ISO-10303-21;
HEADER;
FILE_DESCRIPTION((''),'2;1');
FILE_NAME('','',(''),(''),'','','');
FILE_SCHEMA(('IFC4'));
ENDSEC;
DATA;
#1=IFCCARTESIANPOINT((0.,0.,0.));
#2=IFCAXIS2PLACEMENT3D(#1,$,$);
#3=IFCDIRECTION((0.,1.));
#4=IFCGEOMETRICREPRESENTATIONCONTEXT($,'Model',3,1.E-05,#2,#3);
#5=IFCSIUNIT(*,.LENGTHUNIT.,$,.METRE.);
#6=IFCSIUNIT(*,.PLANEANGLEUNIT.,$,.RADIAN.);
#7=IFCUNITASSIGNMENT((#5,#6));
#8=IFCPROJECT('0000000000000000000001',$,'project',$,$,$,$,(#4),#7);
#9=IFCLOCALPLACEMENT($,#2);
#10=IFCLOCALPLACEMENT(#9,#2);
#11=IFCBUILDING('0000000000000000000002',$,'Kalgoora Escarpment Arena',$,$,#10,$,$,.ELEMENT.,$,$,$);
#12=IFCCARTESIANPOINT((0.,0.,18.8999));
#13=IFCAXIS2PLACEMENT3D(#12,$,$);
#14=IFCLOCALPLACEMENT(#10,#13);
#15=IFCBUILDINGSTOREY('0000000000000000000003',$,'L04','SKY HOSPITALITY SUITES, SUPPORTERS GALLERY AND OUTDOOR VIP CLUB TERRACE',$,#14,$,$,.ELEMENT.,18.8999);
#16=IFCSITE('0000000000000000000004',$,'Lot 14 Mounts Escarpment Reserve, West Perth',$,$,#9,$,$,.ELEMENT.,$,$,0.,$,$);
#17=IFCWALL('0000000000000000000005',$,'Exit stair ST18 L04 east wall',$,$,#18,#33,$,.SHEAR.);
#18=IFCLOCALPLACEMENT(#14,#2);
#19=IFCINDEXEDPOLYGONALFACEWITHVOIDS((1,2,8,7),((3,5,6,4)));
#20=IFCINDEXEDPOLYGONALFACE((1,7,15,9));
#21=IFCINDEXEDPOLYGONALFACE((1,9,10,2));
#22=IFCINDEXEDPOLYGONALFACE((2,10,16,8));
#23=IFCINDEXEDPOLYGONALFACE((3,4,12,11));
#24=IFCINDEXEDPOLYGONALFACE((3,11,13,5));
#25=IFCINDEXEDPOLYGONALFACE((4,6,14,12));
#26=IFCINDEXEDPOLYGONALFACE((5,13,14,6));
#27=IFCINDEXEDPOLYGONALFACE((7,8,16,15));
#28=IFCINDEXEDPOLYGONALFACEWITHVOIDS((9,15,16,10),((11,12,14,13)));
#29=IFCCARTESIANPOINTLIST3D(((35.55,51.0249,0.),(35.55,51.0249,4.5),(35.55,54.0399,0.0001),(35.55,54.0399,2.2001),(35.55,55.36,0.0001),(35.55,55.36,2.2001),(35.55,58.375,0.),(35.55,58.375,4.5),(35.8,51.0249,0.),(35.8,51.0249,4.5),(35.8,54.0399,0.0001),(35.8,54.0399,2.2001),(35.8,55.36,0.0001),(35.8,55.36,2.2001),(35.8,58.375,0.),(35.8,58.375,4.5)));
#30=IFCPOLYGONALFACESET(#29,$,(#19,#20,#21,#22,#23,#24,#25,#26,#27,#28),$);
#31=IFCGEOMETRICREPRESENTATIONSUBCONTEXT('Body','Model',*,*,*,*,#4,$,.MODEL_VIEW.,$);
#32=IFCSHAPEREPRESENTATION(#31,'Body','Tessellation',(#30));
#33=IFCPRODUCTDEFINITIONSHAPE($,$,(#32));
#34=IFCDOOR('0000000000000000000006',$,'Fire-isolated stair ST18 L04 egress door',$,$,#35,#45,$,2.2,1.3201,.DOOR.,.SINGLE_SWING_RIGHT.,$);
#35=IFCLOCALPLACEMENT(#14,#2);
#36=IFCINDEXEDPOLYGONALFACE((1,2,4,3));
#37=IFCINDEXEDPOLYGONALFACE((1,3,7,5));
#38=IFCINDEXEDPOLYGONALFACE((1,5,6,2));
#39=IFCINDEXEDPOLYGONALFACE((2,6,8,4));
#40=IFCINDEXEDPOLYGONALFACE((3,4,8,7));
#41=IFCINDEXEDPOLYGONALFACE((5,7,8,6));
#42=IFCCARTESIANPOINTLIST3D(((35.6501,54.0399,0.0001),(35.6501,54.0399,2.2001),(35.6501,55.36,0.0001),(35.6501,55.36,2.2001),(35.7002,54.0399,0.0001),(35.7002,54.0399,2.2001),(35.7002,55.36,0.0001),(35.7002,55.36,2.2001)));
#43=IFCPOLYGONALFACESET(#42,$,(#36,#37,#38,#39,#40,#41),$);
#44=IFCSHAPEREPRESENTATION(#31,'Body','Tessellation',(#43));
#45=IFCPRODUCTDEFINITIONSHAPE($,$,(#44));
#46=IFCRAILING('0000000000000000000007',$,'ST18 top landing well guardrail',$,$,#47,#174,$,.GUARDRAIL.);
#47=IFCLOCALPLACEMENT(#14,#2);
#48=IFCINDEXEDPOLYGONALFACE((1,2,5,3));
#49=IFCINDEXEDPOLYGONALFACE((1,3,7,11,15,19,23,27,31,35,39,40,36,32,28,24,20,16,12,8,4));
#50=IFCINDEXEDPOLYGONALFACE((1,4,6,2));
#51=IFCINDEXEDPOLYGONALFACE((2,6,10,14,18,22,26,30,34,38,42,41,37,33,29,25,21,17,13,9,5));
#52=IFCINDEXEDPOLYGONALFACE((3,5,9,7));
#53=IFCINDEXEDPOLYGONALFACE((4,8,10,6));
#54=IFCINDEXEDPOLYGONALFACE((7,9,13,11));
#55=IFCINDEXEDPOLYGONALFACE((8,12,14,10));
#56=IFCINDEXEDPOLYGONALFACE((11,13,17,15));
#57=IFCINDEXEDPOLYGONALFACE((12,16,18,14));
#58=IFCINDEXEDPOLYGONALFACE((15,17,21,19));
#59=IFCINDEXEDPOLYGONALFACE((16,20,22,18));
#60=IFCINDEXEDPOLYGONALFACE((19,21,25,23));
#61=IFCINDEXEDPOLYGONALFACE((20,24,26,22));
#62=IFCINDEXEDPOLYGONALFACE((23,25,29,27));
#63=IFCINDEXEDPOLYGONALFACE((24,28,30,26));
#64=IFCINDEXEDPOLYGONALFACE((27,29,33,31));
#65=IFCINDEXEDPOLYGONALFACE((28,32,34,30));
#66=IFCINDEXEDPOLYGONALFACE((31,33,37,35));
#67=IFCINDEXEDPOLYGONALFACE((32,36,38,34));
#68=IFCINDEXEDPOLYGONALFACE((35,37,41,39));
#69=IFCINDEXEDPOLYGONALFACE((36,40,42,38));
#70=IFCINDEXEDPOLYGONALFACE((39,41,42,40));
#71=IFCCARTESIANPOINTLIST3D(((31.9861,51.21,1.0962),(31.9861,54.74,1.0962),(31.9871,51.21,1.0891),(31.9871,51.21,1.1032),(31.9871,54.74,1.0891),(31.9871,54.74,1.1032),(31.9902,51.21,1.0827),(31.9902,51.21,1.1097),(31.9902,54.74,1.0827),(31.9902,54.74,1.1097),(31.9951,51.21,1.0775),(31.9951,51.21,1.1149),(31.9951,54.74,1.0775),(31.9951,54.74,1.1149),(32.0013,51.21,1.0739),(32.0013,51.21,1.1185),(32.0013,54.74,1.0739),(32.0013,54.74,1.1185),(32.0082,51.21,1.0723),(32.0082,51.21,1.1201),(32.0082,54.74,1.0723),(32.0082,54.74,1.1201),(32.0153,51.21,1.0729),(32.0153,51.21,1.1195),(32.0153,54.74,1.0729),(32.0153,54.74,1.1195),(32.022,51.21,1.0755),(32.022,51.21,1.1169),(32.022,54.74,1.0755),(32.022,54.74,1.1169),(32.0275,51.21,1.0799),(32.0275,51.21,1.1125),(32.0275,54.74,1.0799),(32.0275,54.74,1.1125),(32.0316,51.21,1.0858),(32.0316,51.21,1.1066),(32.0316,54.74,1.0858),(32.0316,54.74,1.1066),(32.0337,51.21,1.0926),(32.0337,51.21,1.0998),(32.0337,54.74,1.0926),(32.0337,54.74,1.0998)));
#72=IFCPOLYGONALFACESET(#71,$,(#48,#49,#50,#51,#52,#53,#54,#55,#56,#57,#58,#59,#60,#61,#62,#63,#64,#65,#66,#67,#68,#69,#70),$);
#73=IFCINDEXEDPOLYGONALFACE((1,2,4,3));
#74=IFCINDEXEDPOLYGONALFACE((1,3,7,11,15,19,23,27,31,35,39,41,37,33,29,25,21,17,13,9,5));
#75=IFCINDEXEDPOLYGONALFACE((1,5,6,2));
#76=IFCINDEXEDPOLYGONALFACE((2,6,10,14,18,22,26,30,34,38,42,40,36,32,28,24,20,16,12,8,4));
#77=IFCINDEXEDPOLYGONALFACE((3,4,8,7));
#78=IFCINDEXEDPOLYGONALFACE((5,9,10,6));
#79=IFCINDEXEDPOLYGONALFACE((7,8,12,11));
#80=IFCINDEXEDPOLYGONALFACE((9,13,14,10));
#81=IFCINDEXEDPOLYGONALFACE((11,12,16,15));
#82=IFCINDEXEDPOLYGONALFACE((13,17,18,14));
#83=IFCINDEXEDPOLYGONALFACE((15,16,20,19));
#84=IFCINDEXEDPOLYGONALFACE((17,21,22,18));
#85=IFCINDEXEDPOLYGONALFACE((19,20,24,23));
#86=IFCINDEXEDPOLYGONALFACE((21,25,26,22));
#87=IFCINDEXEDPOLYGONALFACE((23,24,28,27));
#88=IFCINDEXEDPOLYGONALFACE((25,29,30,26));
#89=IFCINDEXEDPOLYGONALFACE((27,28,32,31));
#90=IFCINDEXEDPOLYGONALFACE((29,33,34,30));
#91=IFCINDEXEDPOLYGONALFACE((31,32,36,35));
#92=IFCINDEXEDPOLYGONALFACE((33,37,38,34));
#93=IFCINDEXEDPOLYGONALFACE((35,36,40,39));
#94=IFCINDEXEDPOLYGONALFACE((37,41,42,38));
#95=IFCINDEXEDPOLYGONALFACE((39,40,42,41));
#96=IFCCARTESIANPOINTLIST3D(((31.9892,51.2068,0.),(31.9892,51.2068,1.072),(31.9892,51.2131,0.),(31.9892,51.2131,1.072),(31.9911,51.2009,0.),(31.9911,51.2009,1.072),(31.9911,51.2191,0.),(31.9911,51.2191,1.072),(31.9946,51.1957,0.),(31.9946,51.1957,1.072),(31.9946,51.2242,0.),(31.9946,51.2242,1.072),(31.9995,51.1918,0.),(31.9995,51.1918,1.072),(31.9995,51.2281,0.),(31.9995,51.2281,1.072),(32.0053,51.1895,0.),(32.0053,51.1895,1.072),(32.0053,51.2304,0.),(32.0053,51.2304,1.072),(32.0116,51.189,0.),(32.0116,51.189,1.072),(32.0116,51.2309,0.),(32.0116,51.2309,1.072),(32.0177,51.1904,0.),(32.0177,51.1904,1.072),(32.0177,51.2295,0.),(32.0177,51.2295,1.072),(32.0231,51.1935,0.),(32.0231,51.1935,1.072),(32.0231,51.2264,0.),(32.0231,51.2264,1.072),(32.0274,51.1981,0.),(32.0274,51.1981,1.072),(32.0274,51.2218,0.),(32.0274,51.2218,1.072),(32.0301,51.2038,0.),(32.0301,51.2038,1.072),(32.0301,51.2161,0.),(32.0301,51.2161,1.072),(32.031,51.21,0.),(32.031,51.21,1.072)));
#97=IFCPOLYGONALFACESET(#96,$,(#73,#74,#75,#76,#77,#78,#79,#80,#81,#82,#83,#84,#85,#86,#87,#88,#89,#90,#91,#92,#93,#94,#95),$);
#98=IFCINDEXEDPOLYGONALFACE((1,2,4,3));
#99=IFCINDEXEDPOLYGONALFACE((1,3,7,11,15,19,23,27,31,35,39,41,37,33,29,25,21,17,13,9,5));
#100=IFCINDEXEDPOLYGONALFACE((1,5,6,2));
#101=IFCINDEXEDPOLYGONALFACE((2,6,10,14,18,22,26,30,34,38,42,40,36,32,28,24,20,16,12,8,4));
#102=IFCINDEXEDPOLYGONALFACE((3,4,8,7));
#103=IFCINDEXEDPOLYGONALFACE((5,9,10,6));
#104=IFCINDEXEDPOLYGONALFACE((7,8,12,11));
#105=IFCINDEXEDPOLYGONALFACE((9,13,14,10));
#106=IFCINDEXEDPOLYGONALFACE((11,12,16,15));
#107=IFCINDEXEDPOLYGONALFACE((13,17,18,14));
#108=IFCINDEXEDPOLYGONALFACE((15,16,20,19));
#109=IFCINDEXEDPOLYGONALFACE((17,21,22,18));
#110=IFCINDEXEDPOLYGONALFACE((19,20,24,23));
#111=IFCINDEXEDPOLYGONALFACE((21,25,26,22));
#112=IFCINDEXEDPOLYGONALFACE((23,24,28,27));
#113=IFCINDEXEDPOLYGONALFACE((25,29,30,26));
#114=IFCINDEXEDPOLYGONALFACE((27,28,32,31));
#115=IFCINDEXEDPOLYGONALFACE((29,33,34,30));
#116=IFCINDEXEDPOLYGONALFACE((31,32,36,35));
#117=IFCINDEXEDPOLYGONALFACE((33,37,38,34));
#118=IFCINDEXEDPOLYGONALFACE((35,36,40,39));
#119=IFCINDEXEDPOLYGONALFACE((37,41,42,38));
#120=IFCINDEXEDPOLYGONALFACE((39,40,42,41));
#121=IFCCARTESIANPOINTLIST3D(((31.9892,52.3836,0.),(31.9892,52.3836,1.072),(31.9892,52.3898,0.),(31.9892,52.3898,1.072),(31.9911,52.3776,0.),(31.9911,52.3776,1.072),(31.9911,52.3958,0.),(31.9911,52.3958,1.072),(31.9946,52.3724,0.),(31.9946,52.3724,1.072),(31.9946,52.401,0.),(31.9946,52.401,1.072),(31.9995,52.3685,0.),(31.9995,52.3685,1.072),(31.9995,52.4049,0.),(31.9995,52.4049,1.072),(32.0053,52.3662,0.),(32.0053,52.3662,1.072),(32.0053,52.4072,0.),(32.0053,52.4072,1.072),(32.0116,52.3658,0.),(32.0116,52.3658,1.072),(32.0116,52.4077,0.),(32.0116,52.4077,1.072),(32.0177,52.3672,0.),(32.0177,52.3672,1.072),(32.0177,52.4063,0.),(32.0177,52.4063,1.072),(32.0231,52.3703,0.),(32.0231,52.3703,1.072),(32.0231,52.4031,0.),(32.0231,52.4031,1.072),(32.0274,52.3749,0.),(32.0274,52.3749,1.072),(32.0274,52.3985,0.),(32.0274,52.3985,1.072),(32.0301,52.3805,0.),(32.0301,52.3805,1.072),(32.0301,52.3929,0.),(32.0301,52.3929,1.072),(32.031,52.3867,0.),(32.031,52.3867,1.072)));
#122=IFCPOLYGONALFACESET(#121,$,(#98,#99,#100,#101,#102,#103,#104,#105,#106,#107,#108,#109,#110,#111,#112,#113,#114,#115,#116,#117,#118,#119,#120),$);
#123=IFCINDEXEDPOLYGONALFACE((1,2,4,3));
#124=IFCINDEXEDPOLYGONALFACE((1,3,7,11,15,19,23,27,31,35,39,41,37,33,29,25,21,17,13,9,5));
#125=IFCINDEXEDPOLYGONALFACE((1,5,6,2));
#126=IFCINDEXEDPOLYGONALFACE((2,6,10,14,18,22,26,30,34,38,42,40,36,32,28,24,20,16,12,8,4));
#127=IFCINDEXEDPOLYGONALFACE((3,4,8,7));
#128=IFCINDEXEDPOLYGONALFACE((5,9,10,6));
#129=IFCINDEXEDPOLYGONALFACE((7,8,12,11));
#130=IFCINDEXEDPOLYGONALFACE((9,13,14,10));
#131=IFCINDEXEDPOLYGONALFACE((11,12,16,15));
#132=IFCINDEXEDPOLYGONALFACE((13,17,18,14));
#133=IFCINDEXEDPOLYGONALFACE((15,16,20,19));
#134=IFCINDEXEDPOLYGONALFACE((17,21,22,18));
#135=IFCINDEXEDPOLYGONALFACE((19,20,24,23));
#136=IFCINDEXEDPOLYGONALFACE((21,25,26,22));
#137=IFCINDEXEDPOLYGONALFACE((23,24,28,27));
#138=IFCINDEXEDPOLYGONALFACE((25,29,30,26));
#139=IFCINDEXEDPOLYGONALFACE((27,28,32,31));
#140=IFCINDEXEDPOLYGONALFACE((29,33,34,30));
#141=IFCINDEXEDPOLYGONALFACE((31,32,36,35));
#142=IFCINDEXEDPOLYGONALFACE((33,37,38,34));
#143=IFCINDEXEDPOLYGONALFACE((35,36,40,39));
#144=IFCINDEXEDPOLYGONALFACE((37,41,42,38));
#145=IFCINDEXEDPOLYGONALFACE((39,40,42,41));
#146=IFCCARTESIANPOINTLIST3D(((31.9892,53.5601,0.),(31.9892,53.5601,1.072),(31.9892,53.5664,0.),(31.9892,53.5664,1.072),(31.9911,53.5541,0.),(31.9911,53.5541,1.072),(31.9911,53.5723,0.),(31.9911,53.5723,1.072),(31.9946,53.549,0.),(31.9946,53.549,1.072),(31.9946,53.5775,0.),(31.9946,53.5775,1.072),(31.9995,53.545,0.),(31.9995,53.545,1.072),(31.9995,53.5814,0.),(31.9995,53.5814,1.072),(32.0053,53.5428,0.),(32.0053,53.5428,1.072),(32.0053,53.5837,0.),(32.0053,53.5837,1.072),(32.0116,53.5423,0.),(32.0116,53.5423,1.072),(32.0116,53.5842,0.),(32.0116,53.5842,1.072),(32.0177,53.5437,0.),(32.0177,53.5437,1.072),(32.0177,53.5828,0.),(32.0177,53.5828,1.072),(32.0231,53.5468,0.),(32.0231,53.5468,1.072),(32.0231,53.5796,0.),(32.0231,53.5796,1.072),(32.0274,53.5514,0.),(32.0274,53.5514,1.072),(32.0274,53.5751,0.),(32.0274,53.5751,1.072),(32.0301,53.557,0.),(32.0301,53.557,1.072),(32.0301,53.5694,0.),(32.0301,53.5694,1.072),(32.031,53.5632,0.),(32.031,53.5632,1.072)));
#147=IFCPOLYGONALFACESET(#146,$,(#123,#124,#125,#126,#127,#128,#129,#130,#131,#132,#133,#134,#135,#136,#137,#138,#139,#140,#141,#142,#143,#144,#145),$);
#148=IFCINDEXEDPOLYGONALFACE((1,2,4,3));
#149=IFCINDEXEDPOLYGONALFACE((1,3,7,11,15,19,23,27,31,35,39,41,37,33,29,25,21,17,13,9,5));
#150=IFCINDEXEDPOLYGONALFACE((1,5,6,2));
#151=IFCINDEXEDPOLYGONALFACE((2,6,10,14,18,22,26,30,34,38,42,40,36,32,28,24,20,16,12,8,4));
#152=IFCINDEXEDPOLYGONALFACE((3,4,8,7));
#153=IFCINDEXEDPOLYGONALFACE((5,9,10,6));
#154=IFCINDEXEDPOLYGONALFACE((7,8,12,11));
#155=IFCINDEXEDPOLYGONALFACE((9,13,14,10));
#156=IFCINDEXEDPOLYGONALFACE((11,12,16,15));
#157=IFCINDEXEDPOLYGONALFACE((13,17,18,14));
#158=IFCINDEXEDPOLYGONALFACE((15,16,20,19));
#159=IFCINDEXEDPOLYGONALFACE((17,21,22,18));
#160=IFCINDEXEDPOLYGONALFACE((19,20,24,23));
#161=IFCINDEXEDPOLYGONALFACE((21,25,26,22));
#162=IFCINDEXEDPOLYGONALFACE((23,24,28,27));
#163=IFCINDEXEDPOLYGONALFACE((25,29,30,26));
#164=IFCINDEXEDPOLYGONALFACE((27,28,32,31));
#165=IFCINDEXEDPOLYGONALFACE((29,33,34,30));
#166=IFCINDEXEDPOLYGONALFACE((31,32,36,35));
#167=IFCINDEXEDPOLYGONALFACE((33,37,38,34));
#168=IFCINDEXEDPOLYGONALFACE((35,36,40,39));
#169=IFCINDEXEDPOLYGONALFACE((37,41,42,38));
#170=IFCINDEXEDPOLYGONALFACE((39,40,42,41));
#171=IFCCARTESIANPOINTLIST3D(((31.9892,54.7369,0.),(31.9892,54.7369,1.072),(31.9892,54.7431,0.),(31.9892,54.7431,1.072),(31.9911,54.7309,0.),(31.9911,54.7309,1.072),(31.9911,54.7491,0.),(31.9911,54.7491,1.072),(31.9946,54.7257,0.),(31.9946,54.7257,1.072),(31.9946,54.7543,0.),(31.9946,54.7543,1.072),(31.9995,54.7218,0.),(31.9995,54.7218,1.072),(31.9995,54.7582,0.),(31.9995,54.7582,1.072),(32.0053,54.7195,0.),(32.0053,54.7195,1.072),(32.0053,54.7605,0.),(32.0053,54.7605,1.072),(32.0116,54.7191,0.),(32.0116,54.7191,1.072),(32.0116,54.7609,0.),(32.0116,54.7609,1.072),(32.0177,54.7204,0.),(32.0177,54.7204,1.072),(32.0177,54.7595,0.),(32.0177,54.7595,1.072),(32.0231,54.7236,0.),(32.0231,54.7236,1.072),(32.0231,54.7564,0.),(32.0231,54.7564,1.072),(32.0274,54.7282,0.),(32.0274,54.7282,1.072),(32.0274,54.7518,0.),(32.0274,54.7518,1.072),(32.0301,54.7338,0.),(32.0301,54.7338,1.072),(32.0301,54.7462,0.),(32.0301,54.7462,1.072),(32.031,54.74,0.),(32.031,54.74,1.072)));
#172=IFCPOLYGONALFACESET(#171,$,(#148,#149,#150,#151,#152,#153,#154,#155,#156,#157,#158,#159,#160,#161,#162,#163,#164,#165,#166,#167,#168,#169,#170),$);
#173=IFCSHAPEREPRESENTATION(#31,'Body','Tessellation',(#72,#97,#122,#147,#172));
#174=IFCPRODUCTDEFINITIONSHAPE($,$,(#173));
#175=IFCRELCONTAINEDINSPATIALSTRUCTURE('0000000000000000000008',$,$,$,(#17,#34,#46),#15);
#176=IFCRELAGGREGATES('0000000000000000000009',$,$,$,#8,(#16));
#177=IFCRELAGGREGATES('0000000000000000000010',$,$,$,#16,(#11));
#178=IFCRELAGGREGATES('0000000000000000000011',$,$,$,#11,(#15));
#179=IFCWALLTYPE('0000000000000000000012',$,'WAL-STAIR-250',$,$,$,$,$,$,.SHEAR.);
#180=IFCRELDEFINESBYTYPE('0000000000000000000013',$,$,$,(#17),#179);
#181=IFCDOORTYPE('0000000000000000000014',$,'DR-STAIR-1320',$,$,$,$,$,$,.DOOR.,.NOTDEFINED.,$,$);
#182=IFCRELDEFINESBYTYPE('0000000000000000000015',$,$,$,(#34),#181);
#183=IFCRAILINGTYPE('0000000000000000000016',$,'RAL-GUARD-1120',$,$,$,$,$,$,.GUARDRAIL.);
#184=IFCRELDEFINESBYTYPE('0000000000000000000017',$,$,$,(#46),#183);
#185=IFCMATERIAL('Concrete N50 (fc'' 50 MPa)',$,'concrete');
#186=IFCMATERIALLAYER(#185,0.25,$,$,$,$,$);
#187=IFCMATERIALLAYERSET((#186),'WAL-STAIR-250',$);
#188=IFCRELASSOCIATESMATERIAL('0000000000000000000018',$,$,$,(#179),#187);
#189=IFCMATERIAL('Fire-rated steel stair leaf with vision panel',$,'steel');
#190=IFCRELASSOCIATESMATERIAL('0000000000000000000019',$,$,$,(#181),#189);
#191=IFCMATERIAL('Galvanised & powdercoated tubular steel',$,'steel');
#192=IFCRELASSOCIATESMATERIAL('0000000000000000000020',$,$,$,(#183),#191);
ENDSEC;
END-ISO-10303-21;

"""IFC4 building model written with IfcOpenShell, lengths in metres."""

from ifc_helpers import new_model, si_unit, direction, frame, frame_2d, origin, origin_2d, place, context, subcontext, project, spatial, rectangle, circle, extrude, material, layer, layer_set, type_object, element, fill, save


model = new_model("IFC4")

# Units and contexts
model_context = context("Model", 3, precision=1e-05, world=origin(), true_north=direction((0.0, 1.0)))
body_context = subcontext(model_context, "Body", "Model", "MODEL_VIEW")
ifc_project = project(units=[si_unit("LENGTHUNIT", "METRE"), si_unit("PLANEANGLEUNIT", "RADIAN")], contexts=[model_context])

# Site, building, storey
site_placement = place(None, origin())
site = spatial("IfcSite", under=ifc_project, at=site_placement, Name="Lot 14 Mounts Escarpment Reserve, West Perth", CompositionType="ELEMENT", RefElevation=0.0)
building_placement = place(site_placement, origin())
building = spatial("IfcBuilding", under=site, at=building_placement, Name="Kalgoora Escarpment Arena", CompositionType="ELEMENT")
storey_placement = place(building_placement, frame((0.0, 0.0, 18.8999)))
storey = spatial("IfcBuildingStorey", under=building, at=storey_placement, Name="L04", Description="SKY HOSPITALITY SUITES, SUPPORTERS GALLERY AND OUTDOOR VIP CLUB TERRACE", CompositionType="ELEMENT", Elevation=18.8999)

# Wall, opening, door
ifc_material_1 = material(Name="Concrete N50 (fc' 50 MPa)", Category="concrete")
ifc_layer_1 = layer(ifc_material_1, 0.25)
ifc_layer_set_1 = layer_set([ifc_layer_1], Name="WAL-STAIR-250")
wall_type = type_object("IfcWallType", Name="WAL-STAIR-250", PredefinedType="SHEAR", material=ifc_layer_set_1)
wall_placement = place(storey_placement, frame((35.675, 51.0249, 0.0), z_axis=(0.0, 0.0, 1.0), x_axis=(0.0, 1.0, 0.0)))
wall = element("IfcWall", 1, at=wall_placement, inside=storey, type_object=wall_type, Name="Exit stair ST18 L04 east wall", PredefinedType="SHEAR", context=body_context, shape_type="SweptSolid", body=[
    extrude(rectangle(XDim=7.3501, YDim=0.25, at=frame_2d((3.675, 0.0))), origin(), (0.0, 0.0, 1.0), 4.5),
])
opening_placement = place(wall_placement, frame((3.0149, 0.0, 0.0)))
opening = element("IfcOpeningElement", 2, at=opening_placement, cuts=wall, PredefinedType="OPENING", context=body_context, shape_type="SweptSolid", body=[
    extrude(rectangle(XDim=1.3201, YDim=2.2, at=frame_2d((0.6602, 1.1001))), frame((0.0, 0.135, 0.0), z_axis=(0.0, -1.0, 0.0), x_axis=(1.0, 0.0, 0.0)), (0.0, 0.0, 1.0), 0.27),
])
ifc_material_2 = material(Name="Fire-rated steel stair leaf with vision panel", Category="steel")
door_type = type_object("IfcDoorType", Name="DR-STAIR-1320", OperationType="NOTDEFINED", PredefinedType="DOOR", material=ifc_material_2)
door_placement = place(opening_placement, origin())
door = element("IfcDoor", 3, at=door_placement, inside=storey, type_object=door_type, Name="Fire-isolated stair ST18 L04 egress door", OperationType="SINGLE_SWING_RIGHT", OverallHeight=2.2, OverallWidth=1.3201, PredefinedType="DOOR", context=body_context, shape_type="SweptSolid", body=[
    extrude(rectangle(XDim=1.3201, YDim=2.2, at=frame_2d((0.6602, 1.1001))), frame((0.0, 0.0249, 0.0), z_axis=(0.0, -1.0, 0.0), x_axis=(1.0, 0.0, 0.0)), (0.0, 0.0, 1.0), 0.05),
])
fill(opening, door)

# Railing
ifc_material_3 = material(Name="Galvanised & powdercoated tubular steel", Category="steel")
railing_type = type_object("IfcRailingType", Name="RAL-GUARD-1120", PredefinedType="GUARDRAIL", material=ifc_material_3)
railing_1_placement = place(storey_placement, frame((32.01, 51.21, 0.0)))
element("IfcRailing", 4, at=railing_1_placement, inside=storey, type_object=railing_type, Name="ST18 top landing well guardrail", PredefinedType="GUARDRAIL", context=body_context, shape_type="SweptSolid", body=[
    extrude(circle(Radius=0.0239, at=origin_2d()), frame((0.0, 0.0, 1.0962), z_axis=(0.0, 1.0, 0.0), x_axis=(-1.0, 0.0, 0.0)), (0.0, 0.0, 1.0), 3.53),
    extrude(circle(Radius=0.021, at=origin_2d()), origin(), (0.0, 0.0, 1.0), 1.072),
    extrude(circle(Radius=0.021, at=origin_2d()), frame((0.0, 1.1768, 0.0)), (0.0, 0.0, 1.0), 1.072),
    extrude(circle(Radius=0.021, at=origin_2d()), frame((0.0, 2.3533, 0.0)), (0.0, 0.0, 1.0), 1.072),
    extrude(circle(Radius=0.021, at=origin_2d()), frame((0.0, 3.53, 0.0)), (0.0, 0.0, 1.0), 1.072),
])

save(model, "model.ifc")
